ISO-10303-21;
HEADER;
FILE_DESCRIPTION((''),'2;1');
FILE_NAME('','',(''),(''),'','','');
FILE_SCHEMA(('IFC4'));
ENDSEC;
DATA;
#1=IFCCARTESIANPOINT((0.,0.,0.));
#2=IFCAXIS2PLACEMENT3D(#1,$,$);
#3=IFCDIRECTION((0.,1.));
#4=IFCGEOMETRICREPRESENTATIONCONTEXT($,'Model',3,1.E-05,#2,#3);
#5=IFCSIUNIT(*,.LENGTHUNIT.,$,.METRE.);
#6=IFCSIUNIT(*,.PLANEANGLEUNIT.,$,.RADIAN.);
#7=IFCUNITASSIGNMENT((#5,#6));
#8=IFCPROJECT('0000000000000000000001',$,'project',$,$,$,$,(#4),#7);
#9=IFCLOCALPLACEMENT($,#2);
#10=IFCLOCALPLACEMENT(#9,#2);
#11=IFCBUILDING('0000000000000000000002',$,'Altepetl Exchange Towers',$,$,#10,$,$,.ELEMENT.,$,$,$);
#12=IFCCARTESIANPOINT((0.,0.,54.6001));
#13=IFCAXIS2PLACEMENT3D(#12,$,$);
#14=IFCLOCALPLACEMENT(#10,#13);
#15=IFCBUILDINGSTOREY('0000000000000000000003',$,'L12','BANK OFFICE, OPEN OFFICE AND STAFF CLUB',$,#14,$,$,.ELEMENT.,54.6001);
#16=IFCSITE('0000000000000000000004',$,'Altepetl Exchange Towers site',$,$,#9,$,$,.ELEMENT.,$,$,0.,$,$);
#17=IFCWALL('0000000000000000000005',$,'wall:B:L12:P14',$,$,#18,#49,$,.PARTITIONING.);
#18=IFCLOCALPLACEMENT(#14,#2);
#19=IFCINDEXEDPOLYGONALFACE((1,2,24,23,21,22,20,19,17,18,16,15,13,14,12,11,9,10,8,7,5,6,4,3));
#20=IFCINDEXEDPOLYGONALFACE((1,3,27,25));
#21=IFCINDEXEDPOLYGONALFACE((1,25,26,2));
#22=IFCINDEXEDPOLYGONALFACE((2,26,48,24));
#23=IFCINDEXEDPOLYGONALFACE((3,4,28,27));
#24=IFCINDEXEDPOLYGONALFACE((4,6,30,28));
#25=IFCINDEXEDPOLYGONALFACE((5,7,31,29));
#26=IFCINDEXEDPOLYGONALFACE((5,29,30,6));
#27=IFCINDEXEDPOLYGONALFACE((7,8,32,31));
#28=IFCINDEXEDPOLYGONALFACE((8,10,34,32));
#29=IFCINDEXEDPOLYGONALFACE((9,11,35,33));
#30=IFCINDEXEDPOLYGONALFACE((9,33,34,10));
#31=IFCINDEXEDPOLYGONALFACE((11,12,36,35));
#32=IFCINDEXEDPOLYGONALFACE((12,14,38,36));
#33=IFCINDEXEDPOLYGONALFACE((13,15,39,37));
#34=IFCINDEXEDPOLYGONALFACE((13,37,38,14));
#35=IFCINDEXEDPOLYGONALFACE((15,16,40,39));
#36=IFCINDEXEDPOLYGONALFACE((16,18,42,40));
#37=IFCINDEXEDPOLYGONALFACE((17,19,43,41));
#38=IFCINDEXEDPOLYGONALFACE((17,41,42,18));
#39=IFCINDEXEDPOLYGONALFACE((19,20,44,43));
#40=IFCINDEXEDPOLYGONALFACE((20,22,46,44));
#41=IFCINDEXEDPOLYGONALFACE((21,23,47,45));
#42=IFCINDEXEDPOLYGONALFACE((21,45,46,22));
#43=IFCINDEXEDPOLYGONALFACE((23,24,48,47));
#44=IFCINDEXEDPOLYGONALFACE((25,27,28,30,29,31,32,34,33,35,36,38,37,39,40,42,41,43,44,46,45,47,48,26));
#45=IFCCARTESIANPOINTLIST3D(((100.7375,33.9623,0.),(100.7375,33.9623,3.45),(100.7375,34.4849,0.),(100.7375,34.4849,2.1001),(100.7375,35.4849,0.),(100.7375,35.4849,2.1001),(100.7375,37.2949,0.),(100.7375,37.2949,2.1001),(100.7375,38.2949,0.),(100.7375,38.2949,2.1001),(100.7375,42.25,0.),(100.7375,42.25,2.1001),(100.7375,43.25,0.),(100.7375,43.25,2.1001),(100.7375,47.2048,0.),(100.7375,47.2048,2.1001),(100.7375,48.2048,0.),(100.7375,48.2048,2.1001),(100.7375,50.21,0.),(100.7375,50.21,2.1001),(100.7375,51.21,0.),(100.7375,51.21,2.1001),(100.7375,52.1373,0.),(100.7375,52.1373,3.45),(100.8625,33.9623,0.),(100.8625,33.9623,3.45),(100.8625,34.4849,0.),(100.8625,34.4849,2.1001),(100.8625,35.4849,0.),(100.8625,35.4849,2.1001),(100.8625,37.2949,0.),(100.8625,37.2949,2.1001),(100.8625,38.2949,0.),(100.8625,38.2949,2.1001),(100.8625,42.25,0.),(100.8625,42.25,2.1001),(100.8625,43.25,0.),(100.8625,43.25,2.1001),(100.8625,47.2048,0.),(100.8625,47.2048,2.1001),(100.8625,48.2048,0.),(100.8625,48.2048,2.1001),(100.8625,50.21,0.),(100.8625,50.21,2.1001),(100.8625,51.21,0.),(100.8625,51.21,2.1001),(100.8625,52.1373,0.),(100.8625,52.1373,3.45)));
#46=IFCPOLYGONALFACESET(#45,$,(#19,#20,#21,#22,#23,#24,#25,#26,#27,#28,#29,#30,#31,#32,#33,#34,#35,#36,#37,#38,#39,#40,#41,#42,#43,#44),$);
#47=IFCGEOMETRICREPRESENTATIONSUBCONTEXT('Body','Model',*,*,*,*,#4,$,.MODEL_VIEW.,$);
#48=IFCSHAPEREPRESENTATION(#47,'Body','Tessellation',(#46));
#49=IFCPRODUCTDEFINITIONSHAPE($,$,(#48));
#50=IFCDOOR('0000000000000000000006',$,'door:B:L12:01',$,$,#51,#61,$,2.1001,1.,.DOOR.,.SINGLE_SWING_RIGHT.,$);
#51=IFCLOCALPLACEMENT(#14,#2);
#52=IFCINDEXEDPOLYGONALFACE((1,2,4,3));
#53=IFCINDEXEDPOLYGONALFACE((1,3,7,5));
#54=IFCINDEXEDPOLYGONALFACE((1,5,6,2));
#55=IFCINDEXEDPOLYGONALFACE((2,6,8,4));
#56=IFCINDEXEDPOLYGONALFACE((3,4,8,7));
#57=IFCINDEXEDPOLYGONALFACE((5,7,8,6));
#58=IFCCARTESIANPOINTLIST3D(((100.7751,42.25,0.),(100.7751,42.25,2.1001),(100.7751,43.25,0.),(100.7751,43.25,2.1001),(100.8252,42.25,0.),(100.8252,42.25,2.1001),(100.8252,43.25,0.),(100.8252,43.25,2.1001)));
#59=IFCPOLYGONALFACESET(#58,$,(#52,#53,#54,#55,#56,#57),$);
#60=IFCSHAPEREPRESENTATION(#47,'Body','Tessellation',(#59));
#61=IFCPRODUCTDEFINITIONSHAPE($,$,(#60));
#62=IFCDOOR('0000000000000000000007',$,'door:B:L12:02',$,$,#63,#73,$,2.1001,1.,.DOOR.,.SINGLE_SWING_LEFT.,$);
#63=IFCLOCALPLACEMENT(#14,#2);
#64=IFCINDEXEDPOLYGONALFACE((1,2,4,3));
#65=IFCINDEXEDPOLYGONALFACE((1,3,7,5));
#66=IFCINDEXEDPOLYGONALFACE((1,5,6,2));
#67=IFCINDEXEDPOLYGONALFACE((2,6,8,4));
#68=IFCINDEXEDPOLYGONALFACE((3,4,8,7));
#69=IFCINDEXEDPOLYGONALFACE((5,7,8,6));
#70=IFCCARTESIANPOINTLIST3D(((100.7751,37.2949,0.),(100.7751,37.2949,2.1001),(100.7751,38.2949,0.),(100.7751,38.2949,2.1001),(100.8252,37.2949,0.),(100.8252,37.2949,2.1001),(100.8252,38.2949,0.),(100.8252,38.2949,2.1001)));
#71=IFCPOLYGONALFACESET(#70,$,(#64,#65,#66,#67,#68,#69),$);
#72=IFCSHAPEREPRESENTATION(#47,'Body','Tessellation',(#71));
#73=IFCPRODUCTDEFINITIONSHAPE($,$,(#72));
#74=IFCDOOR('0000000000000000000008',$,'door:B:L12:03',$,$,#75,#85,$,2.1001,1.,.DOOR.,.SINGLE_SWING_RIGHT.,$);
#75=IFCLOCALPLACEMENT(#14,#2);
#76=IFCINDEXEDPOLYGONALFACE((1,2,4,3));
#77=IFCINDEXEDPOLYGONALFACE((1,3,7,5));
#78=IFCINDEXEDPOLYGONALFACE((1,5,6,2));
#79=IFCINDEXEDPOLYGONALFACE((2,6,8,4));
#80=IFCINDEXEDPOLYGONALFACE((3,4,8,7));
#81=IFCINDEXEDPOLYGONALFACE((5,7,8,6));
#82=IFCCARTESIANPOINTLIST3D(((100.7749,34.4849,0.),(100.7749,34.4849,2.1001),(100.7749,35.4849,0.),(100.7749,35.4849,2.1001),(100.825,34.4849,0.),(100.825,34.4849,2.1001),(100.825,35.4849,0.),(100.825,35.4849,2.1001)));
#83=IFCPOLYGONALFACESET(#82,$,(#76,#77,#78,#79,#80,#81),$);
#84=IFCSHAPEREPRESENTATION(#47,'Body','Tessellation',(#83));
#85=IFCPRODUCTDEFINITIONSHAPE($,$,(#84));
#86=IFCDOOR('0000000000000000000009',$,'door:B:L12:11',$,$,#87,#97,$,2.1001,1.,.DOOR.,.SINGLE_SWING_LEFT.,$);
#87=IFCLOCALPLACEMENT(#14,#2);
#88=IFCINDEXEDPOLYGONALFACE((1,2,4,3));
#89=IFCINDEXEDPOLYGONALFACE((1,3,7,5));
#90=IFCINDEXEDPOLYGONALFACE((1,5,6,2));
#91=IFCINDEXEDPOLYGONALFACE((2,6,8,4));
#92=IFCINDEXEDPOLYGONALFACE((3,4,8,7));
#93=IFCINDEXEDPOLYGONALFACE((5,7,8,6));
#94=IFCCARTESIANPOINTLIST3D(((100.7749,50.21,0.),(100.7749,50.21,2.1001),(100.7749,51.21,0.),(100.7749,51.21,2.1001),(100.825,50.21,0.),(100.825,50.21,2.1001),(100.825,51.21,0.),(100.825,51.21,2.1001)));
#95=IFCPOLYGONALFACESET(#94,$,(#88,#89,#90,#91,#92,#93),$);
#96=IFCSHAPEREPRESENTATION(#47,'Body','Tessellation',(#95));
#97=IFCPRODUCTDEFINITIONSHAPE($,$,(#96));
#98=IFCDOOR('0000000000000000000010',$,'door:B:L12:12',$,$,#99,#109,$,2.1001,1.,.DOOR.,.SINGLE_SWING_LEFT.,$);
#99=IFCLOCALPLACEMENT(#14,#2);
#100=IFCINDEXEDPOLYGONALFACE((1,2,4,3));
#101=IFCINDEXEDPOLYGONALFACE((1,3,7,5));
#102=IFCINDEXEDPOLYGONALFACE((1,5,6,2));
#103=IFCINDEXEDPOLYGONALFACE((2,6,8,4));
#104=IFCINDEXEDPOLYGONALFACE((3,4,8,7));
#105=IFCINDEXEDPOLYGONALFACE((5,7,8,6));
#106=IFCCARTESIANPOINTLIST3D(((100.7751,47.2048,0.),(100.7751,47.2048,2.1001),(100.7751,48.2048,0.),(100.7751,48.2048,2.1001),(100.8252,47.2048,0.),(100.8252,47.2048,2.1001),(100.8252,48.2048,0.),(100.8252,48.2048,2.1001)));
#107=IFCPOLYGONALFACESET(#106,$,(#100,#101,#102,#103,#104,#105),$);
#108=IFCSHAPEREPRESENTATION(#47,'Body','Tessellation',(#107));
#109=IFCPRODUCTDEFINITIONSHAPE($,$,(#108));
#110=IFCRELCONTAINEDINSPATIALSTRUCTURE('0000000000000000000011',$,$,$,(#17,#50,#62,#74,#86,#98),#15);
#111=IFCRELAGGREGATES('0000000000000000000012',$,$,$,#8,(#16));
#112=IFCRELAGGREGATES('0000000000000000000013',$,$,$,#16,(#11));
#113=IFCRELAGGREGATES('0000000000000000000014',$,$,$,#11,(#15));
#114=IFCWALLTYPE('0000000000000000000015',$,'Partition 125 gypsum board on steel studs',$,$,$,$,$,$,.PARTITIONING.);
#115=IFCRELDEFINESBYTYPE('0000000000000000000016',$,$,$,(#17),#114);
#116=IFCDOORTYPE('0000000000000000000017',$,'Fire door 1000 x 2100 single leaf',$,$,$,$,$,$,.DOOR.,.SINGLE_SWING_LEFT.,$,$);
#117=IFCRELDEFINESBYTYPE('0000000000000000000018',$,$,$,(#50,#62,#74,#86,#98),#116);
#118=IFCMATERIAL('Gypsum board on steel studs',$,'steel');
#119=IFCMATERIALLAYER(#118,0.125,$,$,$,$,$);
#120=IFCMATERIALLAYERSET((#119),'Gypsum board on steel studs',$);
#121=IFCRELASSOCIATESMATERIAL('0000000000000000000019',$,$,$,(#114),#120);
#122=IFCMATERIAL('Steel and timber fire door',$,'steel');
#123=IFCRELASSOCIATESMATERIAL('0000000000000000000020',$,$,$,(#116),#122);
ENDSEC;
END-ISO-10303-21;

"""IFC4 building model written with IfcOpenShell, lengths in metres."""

from ifc_helpers import new_model, si_unit, direction, frame, frame_2d, origin, place, context, subcontext, project, spatial, rectangle, extrude, material, layer, layer_set, type_object, element, fill, save


model = new_model("IFC4")

# Units and contexts
model_context = context("Model", 3, precision=1e-05, world=origin(), true_north=direction((0.0, 1.0)))
body_context = subcontext(model_context, "Body", "Model", "MODEL_VIEW")
ifc_project = project(units=[si_unit("LENGTHUNIT", "METRE"), si_unit("PLANEANGLEUNIT", "RADIAN")], contexts=[model_context])

# Site, building, storey
site_placement = place(None, origin())
site = spatial("IfcSite", under=ifc_project, at=site_placement, Name="Altepetl Exchange Towers site", CompositionType="ELEMENT", RefElevation=0.0)
building_placement = place(site_placement, origin())
building = spatial("IfcBuilding", under=site, at=building_placement, Name="Altepetl Exchange Towers", CompositionType="ELEMENT")
storey_placement = place(building_placement, frame((0.0, 0.0, 54.6001)))
storey = spatial("IfcBuildingStorey", under=building, at=storey_placement, Name="L12", Description="BANK OFFICE, OPEN OFFICE AND STAFF CLUB", CompositionType="ELEMENT", Elevation=54.6001)

# Shared definitions
ifc_material_1 = material(Name="Gypsum board on steel studs", Category="steel")
ifc_layer_1 = layer(ifc_material_1, 0.125)
ifc_layer_set_1 = layer_set([ifc_layer_1], Name="Gypsum board on steel studs")
wall_type_1 = type_object("IfcWallType", Name="Partition 125 gypsum board on steel studs", PredefinedType="PARTITIONING", material=ifc_layer_set_1)
ifc_material_2 = material(Name="Steel and timber fire door", Category="steel")
door_type = type_object("IfcDoorType", Name="Fire door 1000 x 2100 single leaf", OperationType="SINGLE_SWING_LEFT", PredefinedType="DOOR", material=ifc_material_2)

# Wall, openings, doors
wall_1_placement = place(storey_placement, frame((100.8, 33.9624, 0.0), z_axis=(0.0, 0.0, 1.0), x_axis=(0.0, 1.0, 0.0)))
wall_1 = element("IfcWall", 1, at=wall_1_placement, inside=storey, type_object=wall_type_1, Name="wall:B:L12:P14", PredefinedType="PARTITIONING", context=body_context, shape_type="SweptSolid", body=[
    extrude(rectangle(XDim=18.175, YDim=0.125, at=frame_2d((9.0874, 0.0))), origin(), (0.0, 0.0, 1.0), 3.45),
])
opening_1_placement = place(wall_1_placement, frame((8.2876, 0.0, 0.0)))
opening_1 = element("IfcOpeningElement", 2, at=opening_1_placement, cuts=wall_1, PredefinedType="OPENING", context=body_context, shape_type="SweptSolid", body=[
    extrude(rectangle(XDim=1.0, YDim=2.1001, at=frame_2d((0.5, 1.05))), frame((0.0, 0.0725, 0.0), z_axis=(0.0, -1.0, 0.0), x_axis=(1.0, 0.0, 0.0)), (0.0, 0.0, 1.0), 0.145),
])
opening_2_placement = place(wall_1_placement, frame((3.3325, 0.0, 0.0)))
opening_2 = element("IfcOpeningElement", 3, at=opening_2_placement, cuts=wall_1, PredefinedType="OPENING", context=body_context, shape_type="SweptSolid", body=[
    extrude(rectangle(XDim=1.0, YDim=2.1001, at=frame_2d((0.5, 1.05))), frame((0.0, 0.0725, 0.0), z_axis=(0.0, -1.0, 0.0), x_axis=(1.0, 0.0, 0.0)), (0.0, 0.0, 1.0), 0.145),
])
opening_3_placement = place(wall_1_placement, frame((0.5225, 0.0, 0.0)))
opening_3 = element("IfcOpeningElement", 4, at=opening_3_placement, cuts=wall_1, PredefinedType="OPENING", context=body_context, shape_type="SweptSolid", body=[
    extrude(rectangle(XDim=1.0, YDim=2.1001, at=frame_2d((0.5, 1.05))), frame((0.0, 0.0725, 0.0), z_axis=(0.0, -1.0, 0.0), x_axis=(1.0, 0.0, 0.0)), (0.0, 0.0, 1.0), 0.145),
])
opening_4_placement = place(wall_1_placement, frame((16.2476, 0.0, 0.0)))
opening_4 = element("IfcOpeningElement", 5, at=opening_4_placement, cuts=wall_1, PredefinedType="OPENING", context=body_context, shape_type="SweptSolid", body=[
    extrude(rectangle(XDim=1.0, YDim=2.1001, at=frame_2d((0.5, 1.05))), frame((0.0, 0.0725, 0.0), z_axis=(0.0, -1.0, 0.0), x_axis=(1.0, 0.0, 0.0)), (0.0, 0.0, 1.0), 0.145),
])
opening_5_placement = place(wall_1_placement, frame((13.2424, 0.0, 0.0)))
opening_5 = element("IfcOpeningElement", 6, at=opening_5_placement, cuts=wall_1, PredefinedType="OPENING", context=body_context, shape_type="SweptSolid", body=[
    extrude(rectangle(XDim=1.0, YDim=2.1001, at=frame_2d((0.5, 1.05))), frame((0.0, 0.0725, 0.0), z_axis=(0.0, -1.0, 0.0), x_axis=(1.0, 0.0, 0.0)), (0.0, 0.0, 1.0), 0.145),
])
door_1_placement = place(opening_1_placement, origin())
door_1 = element("IfcDoor", 7, at=door_1_placement, inside=storey, type_object=door_type, Name="door:B:L12:01", OperationType="SINGLE_SWING_RIGHT", OverallHeight=2.1001, OverallWidth=1.0, PredefinedType="DOOR", context=body_context, shape_type="SweptSolid", body=[
    extrude(rectangle(XDim=1.0, YDim=2.1001, at=frame_2d((0.5, 1.05))), frame((0.0, 0.0249, 0.0), z_axis=(0.0, -1.0, 0.0), x_axis=(1.0, 0.0, 0.0)), (0.0, 0.0, 1.0), 0.05),
])
fill(opening_1, door_1)
door_2_placement = place(opening_2_placement, origin())
door_2 = element("IfcDoor", 8, at=door_2_placement, inside=storey, type_object=door_type, Name="door:B:L12:02", OperationType="SINGLE_SWING_LEFT", OverallHeight=2.1001, OverallWidth=1.0, PredefinedType="DOOR", context=body_context, shape_type="SweptSolid", body=[
    extrude(rectangle(XDim=1.0, YDim=2.1001, at=frame_2d((0.5, 1.05))), frame((0.0, 0.0249, 0.0), z_axis=(0.0, -1.0, 0.0), x_axis=(1.0, 0.0, 0.0)), (0.0, 0.0, 1.0), 0.05),
])
fill(opening_2, door_2)
door_3_placement = place(opening_3_placement, frame((1.0, 0.0, 0.0), x_axis=(-1.0, 0.0, 0.0)))
door_3 = element("IfcDoor", 9, at=door_3_placement, inside=storey, type_object=door_type, Name="door:B:L12:03", OperationType="SINGLE_SWING_RIGHT", OverallHeight=2.1001, OverallWidth=1.0, PredefinedType="DOOR", context=body_context, shape_type="SweptSolid", body=[
    extrude(rectangle(XDim=1.0, YDim=2.1001, at=frame_2d((0.5, 1.05))), frame((0.0, 0.0249, 0.0), z_axis=(0.0, -1.0, 0.0), x_axis=(1.0, 0.0, 0.0)), (0.0, 0.0, 1.0), 0.05),
])
fill(opening_3, door_3)
door_4_placement = place(opening_4_placement, frame((1.0, 0.0, 0.0), x_axis=(-1.0, 0.0, 0.0)))
door_4 = element("IfcDoor", 10, at=door_4_placement, inside=storey, type_object=door_type, Name="door:B:L12:11", OperationType="SINGLE_SWING_LEFT", OverallHeight=2.1001, OverallWidth=1.0, PredefinedType="DOOR", context=body_context, shape_type="SweptSolid", body=[
    extrude(rectangle(XDim=1.0, YDim=2.1001, at=frame_2d((0.5, 1.05))), frame((0.0, 0.0249, 0.0), z_axis=(0.0, -1.0, 0.0), x_axis=(1.0, 0.0, 0.0)), (0.0, 0.0, 1.0), 0.05),
])
fill(opening_4, door_4)
door_5_placement = place(opening_5_placement, origin())
door_5 = element("IfcDoor", 11, at=door_5_placement, inside=storey, type_object=door_type, Name="door:B:L12:12", OperationType="SINGLE_SWING_LEFT", OverallHeight=2.1001, OverallWidth=1.0, PredefinedType="DOOR", context=body_context, shape_type="SweptSolid", body=[
    extrude(rectangle(XDim=1.0, YDim=2.1001, at=frame_2d((0.5, 1.05))), frame((0.0, 0.0249, 0.0), z_axis=(0.0, -1.0, 0.0), x_axis=(1.0, 0.0, 0.0)), (0.0, 0.0, 1.0), 0.05),
])
fill(opening_5, door_5)

save(model, "model.ifc")
